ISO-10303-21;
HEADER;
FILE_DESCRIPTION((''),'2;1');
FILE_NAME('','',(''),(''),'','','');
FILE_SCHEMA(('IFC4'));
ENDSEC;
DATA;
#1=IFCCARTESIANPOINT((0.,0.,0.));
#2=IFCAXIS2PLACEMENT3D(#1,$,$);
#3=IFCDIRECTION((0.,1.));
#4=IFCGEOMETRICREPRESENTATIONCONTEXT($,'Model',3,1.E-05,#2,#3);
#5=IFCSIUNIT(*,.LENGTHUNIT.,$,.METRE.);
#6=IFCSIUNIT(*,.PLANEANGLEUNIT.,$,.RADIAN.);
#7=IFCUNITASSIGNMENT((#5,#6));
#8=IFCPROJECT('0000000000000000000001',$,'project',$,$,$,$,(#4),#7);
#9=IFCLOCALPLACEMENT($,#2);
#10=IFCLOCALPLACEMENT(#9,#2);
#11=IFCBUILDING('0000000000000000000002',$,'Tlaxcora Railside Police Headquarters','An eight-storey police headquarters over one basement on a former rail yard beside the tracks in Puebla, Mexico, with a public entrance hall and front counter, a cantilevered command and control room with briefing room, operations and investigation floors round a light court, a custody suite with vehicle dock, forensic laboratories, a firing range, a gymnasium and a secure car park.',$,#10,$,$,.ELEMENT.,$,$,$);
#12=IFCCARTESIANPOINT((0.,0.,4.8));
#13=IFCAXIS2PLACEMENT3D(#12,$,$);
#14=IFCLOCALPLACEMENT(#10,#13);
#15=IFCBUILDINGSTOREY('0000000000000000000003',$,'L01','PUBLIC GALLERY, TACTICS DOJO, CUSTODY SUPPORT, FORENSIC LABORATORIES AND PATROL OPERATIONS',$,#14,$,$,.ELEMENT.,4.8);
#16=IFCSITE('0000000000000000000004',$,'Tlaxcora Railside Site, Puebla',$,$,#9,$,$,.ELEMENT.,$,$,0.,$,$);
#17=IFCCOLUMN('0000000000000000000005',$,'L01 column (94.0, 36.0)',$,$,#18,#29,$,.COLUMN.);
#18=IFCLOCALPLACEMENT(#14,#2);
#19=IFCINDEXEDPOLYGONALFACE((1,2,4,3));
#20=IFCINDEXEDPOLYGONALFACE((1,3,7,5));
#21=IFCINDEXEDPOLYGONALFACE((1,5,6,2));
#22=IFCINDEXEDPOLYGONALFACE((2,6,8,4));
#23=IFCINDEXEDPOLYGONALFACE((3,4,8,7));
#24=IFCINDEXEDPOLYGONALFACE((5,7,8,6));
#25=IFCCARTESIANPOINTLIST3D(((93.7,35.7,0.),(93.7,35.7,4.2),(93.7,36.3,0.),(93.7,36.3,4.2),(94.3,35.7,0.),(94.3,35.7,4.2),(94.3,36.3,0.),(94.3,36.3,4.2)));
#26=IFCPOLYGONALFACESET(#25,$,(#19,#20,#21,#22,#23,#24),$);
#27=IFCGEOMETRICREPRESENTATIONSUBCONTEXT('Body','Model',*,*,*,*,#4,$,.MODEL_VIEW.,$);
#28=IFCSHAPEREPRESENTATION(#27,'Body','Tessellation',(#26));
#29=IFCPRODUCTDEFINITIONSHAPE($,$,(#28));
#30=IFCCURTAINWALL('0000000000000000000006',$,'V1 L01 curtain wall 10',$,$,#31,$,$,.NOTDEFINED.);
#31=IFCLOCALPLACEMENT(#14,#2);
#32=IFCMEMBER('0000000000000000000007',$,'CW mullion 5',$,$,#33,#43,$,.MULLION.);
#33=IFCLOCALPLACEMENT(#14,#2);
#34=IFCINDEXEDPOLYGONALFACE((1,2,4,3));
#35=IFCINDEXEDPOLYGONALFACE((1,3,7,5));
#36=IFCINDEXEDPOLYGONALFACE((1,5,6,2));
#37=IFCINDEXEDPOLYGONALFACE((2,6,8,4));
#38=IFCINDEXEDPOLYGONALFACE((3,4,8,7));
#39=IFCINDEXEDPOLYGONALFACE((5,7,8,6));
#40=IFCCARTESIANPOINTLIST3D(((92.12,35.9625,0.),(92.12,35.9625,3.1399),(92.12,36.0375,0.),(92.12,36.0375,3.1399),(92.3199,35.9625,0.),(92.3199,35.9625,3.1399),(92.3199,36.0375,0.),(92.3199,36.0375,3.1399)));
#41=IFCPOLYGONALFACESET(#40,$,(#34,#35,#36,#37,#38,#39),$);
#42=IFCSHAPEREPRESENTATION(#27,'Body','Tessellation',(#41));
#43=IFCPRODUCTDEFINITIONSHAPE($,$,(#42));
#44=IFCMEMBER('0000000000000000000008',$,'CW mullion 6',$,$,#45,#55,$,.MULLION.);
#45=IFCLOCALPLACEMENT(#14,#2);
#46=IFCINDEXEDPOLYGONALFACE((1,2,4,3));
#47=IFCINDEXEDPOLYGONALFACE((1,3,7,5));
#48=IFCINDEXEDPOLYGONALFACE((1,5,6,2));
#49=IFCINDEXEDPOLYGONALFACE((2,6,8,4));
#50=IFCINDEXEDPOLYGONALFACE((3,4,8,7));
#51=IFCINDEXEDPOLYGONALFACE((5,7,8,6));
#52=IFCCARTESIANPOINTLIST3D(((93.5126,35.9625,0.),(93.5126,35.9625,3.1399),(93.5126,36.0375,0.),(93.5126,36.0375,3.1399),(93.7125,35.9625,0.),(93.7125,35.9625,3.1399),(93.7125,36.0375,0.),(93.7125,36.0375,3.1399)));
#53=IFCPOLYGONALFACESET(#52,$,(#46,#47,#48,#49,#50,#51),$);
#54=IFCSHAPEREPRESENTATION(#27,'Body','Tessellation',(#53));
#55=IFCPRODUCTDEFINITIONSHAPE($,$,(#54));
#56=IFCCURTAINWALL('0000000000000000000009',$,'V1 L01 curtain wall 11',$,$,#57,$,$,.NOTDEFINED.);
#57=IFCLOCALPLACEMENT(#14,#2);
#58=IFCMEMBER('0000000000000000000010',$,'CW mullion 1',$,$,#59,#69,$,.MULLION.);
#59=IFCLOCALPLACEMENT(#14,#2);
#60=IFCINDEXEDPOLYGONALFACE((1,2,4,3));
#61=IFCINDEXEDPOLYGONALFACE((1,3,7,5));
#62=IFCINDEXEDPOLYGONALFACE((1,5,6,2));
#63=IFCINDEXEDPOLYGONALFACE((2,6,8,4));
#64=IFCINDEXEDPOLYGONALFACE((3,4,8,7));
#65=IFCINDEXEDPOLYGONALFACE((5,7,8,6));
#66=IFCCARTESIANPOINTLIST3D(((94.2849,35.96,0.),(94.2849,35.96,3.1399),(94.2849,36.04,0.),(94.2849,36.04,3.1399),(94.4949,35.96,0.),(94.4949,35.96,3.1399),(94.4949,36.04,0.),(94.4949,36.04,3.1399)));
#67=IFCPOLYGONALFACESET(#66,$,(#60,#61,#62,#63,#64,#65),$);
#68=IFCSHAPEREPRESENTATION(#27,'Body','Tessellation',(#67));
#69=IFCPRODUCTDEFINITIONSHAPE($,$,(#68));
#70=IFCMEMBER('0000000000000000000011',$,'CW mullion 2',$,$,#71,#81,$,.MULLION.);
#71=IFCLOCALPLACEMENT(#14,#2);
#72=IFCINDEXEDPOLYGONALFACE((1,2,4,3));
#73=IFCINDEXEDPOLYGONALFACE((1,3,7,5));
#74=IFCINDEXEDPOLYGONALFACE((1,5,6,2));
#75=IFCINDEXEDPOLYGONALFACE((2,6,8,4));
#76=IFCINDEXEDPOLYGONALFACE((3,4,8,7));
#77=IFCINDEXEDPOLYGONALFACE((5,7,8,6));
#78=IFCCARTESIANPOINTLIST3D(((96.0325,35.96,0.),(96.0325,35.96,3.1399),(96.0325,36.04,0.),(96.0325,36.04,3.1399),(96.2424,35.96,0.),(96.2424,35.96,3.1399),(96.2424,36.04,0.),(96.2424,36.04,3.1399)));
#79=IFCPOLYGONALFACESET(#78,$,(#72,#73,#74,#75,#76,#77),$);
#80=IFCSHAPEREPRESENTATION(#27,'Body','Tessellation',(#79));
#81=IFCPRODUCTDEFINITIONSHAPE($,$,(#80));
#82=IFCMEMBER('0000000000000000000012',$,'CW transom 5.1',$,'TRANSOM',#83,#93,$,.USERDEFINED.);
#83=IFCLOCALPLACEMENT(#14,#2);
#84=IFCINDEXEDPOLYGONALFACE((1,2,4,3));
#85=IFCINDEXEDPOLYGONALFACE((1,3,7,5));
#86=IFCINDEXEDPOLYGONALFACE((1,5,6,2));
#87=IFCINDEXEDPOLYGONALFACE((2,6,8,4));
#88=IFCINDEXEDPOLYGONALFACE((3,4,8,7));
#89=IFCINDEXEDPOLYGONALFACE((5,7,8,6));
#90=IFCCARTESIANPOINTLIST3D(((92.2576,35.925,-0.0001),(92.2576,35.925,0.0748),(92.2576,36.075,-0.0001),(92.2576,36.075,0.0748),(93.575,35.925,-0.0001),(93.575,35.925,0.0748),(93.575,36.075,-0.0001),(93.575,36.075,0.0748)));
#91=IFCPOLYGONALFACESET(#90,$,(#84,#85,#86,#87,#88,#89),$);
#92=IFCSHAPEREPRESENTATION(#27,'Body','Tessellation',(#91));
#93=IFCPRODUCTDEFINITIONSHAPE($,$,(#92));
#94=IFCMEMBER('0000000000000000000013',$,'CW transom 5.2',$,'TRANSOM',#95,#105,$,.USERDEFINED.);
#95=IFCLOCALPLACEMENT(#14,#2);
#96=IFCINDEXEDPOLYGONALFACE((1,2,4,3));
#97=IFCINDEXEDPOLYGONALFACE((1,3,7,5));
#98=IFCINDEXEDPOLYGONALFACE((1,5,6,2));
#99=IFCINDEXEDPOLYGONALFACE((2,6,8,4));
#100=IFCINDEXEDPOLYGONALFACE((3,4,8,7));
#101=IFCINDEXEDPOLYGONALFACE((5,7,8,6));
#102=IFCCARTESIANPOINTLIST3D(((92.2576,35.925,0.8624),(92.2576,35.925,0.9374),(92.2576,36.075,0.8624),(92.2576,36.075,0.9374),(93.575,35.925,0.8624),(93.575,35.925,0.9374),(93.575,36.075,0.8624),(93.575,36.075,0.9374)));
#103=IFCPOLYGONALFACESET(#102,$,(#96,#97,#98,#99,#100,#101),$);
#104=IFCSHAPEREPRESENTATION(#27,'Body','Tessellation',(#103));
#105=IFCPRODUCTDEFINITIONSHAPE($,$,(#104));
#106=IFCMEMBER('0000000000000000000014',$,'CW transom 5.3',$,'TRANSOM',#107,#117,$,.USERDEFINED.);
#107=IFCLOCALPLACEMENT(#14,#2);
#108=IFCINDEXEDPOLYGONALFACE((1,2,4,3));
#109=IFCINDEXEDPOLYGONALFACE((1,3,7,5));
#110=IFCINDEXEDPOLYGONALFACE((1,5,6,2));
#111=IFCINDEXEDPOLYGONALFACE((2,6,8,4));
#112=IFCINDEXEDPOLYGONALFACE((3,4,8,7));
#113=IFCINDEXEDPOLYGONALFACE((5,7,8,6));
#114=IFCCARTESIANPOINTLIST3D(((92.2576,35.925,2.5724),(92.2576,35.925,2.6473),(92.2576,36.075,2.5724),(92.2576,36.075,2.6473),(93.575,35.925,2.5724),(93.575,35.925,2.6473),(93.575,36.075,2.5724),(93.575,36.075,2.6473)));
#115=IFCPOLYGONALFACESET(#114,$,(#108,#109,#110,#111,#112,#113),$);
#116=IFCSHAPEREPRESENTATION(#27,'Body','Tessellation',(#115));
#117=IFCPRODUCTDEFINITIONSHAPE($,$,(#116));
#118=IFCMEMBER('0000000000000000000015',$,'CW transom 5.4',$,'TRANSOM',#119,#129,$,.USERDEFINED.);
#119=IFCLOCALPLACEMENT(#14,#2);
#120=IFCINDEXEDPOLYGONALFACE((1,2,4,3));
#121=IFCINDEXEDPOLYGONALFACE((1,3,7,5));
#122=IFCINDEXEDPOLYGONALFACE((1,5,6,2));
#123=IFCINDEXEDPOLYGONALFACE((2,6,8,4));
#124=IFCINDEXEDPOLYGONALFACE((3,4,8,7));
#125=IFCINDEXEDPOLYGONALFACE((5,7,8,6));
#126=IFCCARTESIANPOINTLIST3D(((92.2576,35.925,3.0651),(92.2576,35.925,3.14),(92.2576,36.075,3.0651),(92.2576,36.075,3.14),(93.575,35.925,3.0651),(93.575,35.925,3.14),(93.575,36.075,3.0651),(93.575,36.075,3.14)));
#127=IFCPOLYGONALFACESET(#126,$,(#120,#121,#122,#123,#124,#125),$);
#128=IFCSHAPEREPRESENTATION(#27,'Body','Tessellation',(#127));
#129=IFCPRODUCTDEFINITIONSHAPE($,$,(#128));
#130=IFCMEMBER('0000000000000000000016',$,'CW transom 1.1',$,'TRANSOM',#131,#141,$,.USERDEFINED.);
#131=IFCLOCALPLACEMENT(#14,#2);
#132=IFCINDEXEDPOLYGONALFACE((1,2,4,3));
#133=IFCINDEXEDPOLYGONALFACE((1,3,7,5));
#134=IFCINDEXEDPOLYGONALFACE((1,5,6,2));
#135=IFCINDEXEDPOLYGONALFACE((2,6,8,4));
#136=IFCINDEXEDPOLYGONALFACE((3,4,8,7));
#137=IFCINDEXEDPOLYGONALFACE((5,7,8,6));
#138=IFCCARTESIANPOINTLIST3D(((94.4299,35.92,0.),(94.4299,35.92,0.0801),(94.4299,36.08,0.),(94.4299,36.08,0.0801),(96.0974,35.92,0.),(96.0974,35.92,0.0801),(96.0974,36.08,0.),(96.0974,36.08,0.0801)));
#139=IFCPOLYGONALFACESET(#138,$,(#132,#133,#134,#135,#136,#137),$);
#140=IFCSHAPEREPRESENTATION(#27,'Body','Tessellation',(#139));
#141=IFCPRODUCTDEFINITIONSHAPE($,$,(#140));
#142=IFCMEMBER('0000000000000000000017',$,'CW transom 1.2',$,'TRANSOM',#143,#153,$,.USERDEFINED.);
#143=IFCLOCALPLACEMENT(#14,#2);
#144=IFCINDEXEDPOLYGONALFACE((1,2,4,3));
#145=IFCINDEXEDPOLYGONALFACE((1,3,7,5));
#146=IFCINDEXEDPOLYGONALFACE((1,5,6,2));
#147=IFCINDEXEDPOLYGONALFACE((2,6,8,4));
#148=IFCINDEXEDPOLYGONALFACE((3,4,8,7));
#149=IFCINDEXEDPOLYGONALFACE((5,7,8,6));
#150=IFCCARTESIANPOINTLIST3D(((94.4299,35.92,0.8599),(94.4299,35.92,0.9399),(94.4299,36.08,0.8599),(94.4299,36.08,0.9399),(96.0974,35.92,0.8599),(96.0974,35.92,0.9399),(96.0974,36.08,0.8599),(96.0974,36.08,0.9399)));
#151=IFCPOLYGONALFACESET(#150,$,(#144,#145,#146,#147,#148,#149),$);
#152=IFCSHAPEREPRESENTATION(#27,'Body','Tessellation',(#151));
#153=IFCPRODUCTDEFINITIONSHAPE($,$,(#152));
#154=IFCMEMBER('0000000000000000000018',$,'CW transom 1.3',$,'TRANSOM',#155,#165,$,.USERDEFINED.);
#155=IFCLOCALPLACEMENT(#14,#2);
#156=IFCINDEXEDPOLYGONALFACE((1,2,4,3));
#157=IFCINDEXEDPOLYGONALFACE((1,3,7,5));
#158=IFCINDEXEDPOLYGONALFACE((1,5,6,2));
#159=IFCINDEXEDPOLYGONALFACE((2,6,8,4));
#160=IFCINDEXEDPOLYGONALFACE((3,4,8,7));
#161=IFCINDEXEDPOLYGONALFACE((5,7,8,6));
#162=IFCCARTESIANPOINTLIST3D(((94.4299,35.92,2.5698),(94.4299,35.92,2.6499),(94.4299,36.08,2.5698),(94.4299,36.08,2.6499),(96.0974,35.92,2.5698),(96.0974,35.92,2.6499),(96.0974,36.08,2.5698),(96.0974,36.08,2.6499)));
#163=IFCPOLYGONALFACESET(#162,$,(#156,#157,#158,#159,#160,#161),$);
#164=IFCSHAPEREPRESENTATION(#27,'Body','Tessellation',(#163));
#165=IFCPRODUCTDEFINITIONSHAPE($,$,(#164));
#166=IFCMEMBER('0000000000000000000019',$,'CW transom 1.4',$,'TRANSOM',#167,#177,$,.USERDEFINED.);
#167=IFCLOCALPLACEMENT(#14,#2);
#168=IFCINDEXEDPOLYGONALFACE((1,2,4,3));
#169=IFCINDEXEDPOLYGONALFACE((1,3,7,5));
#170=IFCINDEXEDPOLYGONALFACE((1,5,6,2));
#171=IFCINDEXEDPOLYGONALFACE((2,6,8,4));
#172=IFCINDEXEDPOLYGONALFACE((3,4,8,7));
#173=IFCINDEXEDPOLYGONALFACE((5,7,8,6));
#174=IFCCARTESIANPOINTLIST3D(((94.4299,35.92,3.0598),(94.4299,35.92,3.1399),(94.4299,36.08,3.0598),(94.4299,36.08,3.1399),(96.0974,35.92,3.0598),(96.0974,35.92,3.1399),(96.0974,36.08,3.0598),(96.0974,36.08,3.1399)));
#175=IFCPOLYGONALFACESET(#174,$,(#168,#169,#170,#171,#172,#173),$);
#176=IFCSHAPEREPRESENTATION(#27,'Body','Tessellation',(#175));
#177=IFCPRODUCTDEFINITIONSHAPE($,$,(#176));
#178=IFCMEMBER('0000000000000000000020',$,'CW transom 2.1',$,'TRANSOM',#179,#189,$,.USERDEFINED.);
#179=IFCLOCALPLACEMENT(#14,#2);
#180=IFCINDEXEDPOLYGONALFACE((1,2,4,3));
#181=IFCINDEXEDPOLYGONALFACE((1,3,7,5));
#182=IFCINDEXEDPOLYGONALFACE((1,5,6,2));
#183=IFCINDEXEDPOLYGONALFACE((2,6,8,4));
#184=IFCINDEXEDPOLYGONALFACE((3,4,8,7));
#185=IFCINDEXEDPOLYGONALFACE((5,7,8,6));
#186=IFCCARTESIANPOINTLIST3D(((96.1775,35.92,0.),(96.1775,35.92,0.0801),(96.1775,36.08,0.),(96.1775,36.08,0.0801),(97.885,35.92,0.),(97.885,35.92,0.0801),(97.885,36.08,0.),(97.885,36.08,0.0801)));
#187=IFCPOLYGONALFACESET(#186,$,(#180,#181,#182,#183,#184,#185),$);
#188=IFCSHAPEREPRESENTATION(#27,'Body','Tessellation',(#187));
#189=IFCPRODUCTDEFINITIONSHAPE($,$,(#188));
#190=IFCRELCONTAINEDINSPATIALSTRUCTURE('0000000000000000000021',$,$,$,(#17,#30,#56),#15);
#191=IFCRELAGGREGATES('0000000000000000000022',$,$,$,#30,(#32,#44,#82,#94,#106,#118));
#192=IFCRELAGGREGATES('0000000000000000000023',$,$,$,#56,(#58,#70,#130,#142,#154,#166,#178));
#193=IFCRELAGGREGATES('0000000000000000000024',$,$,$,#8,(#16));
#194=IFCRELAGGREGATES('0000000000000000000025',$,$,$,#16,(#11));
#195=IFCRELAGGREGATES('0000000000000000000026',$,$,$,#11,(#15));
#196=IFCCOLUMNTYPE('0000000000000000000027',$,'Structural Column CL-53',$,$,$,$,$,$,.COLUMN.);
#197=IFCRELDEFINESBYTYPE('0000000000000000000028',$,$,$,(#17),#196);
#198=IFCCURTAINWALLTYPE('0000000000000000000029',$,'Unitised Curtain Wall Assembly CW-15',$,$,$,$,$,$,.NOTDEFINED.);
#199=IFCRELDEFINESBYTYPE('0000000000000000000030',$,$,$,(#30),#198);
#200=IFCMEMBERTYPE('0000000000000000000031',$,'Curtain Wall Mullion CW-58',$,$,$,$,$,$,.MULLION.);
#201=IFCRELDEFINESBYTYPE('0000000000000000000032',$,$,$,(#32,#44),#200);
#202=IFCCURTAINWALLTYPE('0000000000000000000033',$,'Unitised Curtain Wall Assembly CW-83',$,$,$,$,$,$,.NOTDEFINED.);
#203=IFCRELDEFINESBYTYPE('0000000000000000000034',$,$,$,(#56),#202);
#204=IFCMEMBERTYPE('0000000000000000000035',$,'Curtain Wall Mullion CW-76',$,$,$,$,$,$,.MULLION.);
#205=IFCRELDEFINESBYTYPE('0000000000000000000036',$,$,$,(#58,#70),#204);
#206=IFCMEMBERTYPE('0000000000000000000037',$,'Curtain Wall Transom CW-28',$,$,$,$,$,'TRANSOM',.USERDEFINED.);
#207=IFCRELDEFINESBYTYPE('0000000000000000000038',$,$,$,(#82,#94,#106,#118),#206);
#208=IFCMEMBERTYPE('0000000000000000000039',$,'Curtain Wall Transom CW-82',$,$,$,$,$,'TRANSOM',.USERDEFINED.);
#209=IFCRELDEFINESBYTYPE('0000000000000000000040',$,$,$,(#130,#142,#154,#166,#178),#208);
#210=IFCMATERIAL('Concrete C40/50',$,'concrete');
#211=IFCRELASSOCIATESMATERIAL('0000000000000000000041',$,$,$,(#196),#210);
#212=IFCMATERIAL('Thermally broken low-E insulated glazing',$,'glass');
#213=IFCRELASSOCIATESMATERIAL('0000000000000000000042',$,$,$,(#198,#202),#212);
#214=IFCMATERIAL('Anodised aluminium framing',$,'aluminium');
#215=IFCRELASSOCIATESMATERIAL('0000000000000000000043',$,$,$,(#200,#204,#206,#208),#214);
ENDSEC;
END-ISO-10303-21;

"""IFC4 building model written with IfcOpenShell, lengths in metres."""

from ifc_helpers import new_model, si_unit, direction, frame, origin, origin_2d, place, context, subcontext, project, spatial, rectangle, extrude, material, material_profile, profile_set, type_object, element, aggregate, save


model = new_model("IFC4")

# Units and contexts
model_context = context("Model", 3, precision=1e-05, world=origin(), true_north=direction((0.0, 1.0)))
body_context = subcontext(model_context, "Body", "Model", "MODEL_VIEW")
ifc_project = project(units=[si_unit("LENGTHUNIT", "METRE"), si_unit("PLANEANGLEUNIT", "RADIAN")], contexts=[model_context])

# Site, building, storey
site_placement = place(None, origin())
site = spatial("IfcSite", under=ifc_project, at=site_placement, Name="Tlaxcora Railside Site, Puebla", CompositionType="ELEMENT", RefElevation=0.0)
building_placement = place(site_placement, origin())
building = spatial("IfcBuilding", under=site, at=building_placement, Name="Tlaxcora Railside Police Headquarters", Description="An eight-storey police headquarters over one basement on a former rail yard beside the tracks in Puebla, Mexico, with a public entrance hall and front counter, a cantilevered command and control room with briefing room, operations and investigation floors round a light court, a custody suite with vehicle dock, forensic laboratories, a firing range, a gymnasium and a secure car park.", CompositionType="ELEMENT")
storey_placement = place(building_placement, frame((0.0, 0.0, 4.8)))
storey = spatial("IfcBuildingStorey", under=building, at=storey_placement, Name="L01", Description="PUBLIC GALLERY, TACTICS DOJO, CUSTODY SUPPORT, FORENSIC LABORATORIES AND PATROL OPERATIONS", CompositionType="ELEMENT", Elevation=4.8)

# Column
ifc_material_1 = material(Name="Concrete C40/50", Category="concrete")
ifc_material_profile_1 = material_profile(ifc_material_1, rectangle(XDim=0.6001, YDim=0.6001, at=origin_2d()), Name="RC600X600")
ifc_profile_set_1 = profile_set([ifc_material_profile_1], Name="Concrete C40/50")
column_type = type_object("IfcColumnType", Name="Structural Column CL-53", PredefinedType="COLUMN", material=ifc_profile_set_1)
column_placement = place(storey_placement, frame((94.0, 36.0, 0.0), z_axis=(0.0, 0.0, 1.0), x_axis=(1.0, 0.0, 0.0)))
element("IfcColumn", 1, at=column_placement, inside=storey, type_object=column_type, Name="L01 column (94.0, 36.0)", PredefinedType="COLUMN", context=body_context, shape_type="SweptSolid", body=[
    extrude(rectangle(XDim=0.6001, YDim=0.6001, at=origin_2d()), origin(), (0.0, 0.0, 1.0), 4.2),
])

# Curtain walls, members
ifc_material_2 = material(Name="Thermally broken low-E insulated glazing", Category="glass")
curtain_wall_type_1 = type_object("IfcCurtainWallType", Name="Unitised Curtain Wall Assembly CW-15", PredefinedType="NOTDEFINED", material=ifc_material_2)
curtain_wall_1_placement = place(storey_placement, origin())
curtain_wall_1 = element("IfcCurtainWall", 2, at=curtain_wall_1_placement, inside=storey, type_object=curtain_wall_type_1, Name="V1 L01 curtain wall 10", PredefinedType="NOTDEFINED")
ifc_material_3 = material(Name="Anodised aluminium framing", Category="aluminium")
ifc_material_profile_2 = material_profile(ifc_material_3, rectangle(XDim=0.075, YDim=0.2, at=origin_2d()), Name="AL75X200")
ifc_profile_set_2 = profile_set([ifc_material_profile_2], Name="Anodised aluminium framing")
member_type_1 = type_object("IfcMemberType", Name="Curtain Wall Mullion CW-58", PredefinedType="MULLION", material=ifc_profile_set_2)
member_1_placement = place(storey_placement, frame((92.22, 36.0, 0.0), z_axis=(0.0, 0.0, 1.0), x_axis=(0.0, 1.0, 0.0)))
member_1 = element("IfcMember", 3, at=member_1_placement, type_object=member_type_1, Name="CW mullion 5", PredefinedType="MULLION", context=body_context, shape_type="SweptSolid", body=[
    extrude(rectangle(XDim=0.075, YDim=0.2, at=origin_2d()), origin(), (0.0, 0.0, 1.0), 3.1399),
])
member_2_placement = place(storey_placement, frame((93.6125, 36.0, 0.0), z_axis=(0.0, 0.0, 1.0), x_axis=(0.0, 1.0, 0.0)))
member_2 = element("IfcMember", 4, at=member_2_placement, type_object=member_type_1, Name="CW mullion 6", PredefinedType="MULLION", context=body_context, shape_type="SweptSolid", body=[
    extrude(rectangle(XDim=0.075, YDim=0.2, at=origin_2d()), origin(), (0.0, 0.0, 1.0), 3.1399),
])
curtain_wall_type_2 = type_object("IfcCurtainWallType", Name="Unitised Curtain Wall Assembly CW-83", PredefinedType="NOTDEFINED", material=ifc_material_2)
curtain_wall_2_placement = place(storey_placement, origin())
curtain_wall_2 = element("IfcCurtainWall", 5, at=curtain_wall_2_placement, inside=storey, type_object=curtain_wall_type_2, Name="V1 L01 curtain wall 11", PredefinedType="NOTDEFINED")
ifc_material_profile_3 = material_profile(ifc_material_3, rectangle(XDim=0.0801, YDim=0.21, at=origin_2d()), Name="AL80X210")
ifc_profile_set_3 = profile_set([ifc_material_profile_3], Name="Anodised aluminium framing")
member_type_2 = type_object("IfcMemberType", Name="Curtain Wall Mullion CW-76", PredefinedType="MULLION", material=ifc_profile_set_3)
member_3_placement = place(storey_placement, frame((94.3899, 36.0, 0.0), z_axis=(0.0, 0.0, 1.0), x_axis=(0.0, 1.0, 0.0)))
member_3 = element("IfcMember", 6, at=member_3_placement, type_object=member_type_2, Name="CW mullion 1", PredefinedType="MULLION", context=body_context, shape_type="SweptSolid", body=[
    extrude(rectangle(XDim=0.0801, YDim=0.21, at=origin_2d()), origin(), (0.0, 0.0, 1.0), 3.1399),
])
member_4_placement = place(storey_placement, frame((96.1375, 36.0, 0.0), z_axis=(0.0, 0.0, 1.0), x_axis=(0.0, 1.0, 0.0)))
member_4 = element("IfcMember", 7, at=member_4_placement, type_object=member_type_2, Name="CW mullion 2", PredefinedType="MULLION", context=body_context, shape_type="SweptSolid", body=[
    extrude(rectangle(XDim=0.0801, YDim=0.21, at=origin_2d()), origin(), (0.0, 0.0, 1.0), 3.1399),
])

# Members
ifc_material_profile_4 = material_profile(ifc_material_3, rectangle(XDim=0.1499, YDim=0.075, at=origin_2d()), Name="AL75X150")
ifc_profile_set_4 = profile_set([ifc_material_profile_4], Name="Anodised aluminium framing")
member_type_3 = type_object("IfcMemberType", Name="Curtain Wall Transom CW-28", ElementType="TRANSOM", PredefinedType="USERDEFINED", material=ifc_profile_set_4)
member_5_placement = place(storey_placement, frame((92.2576, 36.0, 0.0374), z_axis=(1.0, 0.0, 0.0), x_axis=(0.0, 1.0, 0.0)))
member_5 = element("IfcMember", 8, at=member_5_placement, type_object=member_type_3, Name="CW transom 5.1", ObjectType="TRANSOM", PredefinedType="USERDEFINED", context=body_context, shape_type="SweptSolid", body=[
    extrude(rectangle(XDim=0.1499, YDim=0.075, at=origin_2d()), origin(), (0.0, 0.0, 1.0), 1.3174),
])
member_6_placement = place(storey_placement, frame((92.2576, 36.0, 0.8999), z_axis=(1.0, 0.0, 0.0), x_axis=(0.0, 1.0, 0.0)))
member_6 = element("IfcMember", 9, at=member_6_placement, type_object=member_type_3, Name="CW transom 5.2", ObjectType="TRANSOM", PredefinedType="USERDEFINED", context=body_context, shape_type="SweptSolid", body=[
    extrude(rectangle(XDim=0.1499, YDim=0.075, at=origin_2d()), origin(), (0.0, 0.0, 1.0), 1.3174),
])
member_7_placement = place(storey_placement, frame((92.2576, 36.0, 2.6099), z_axis=(1.0, 0.0, 0.0), x_axis=(0.0, 1.0, 0.0)))
member_7 = element("IfcMember", 10, at=member_7_placement, type_object=member_type_3, Name="CW transom 5.3", ObjectType="TRANSOM", PredefinedType="USERDEFINED", context=body_context, shape_type="SweptSolid", body=[
    extrude(rectangle(XDim=0.1499, YDim=0.075, at=origin_2d()), origin(), (0.0, 0.0, 1.0), 1.3174),
])
member_8_placement = place(storey_placement, frame((92.2576, 36.0, 3.1025), z_axis=(1.0, 0.0, 0.0), x_axis=(0.0, 1.0, 0.0)))
member_8 = element("IfcMember", 11, at=member_8_placement, type_object=member_type_3, Name="CW transom 5.4", ObjectType="TRANSOM", PredefinedType="USERDEFINED", context=body_context, shape_type="SweptSolid", body=[
    extrude(rectangle(XDim=0.1499, YDim=0.075, at=origin_2d()), origin(), (0.0, 0.0, 1.0), 1.3174),
])
ifc_material_profile_5 = material_profile(ifc_material_3, rectangle(XDim=0.1599, YDim=0.0801, at=origin_2d()), Name="AL80X160")
ifc_profile_set_5 = profile_set([ifc_material_profile_5], Name="Anodised aluminium framing")
member_type_4 = type_object("IfcMemberType", Name="Curtain Wall Transom CW-82", ElementType="TRANSOM", PredefinedType="USERDEFINED", material=ifc_profile_set_5)
member_9_placement = place(storey_placement, frame((94.4299, 36.0, 0.04), z_axis=(1.0, 0.0, 0.0), x_axis=(0.0, 1.0, 0.0)))
member_9 = element("IfcMember", 12, at=member_9_placement, type_object=member_type_4, Name="CW transom 1.1", ObjectType="TRANSOM", PredefinedType="USERDEFINED", context=body_context, shape_type="SweptSolid", body=[
    extrude(rectangle(XDim=0.1599, YDim=0.0801, at=origin_2d()), origin(), (0.0, 0.0, 1.0), 1.6675),
])
member_10_placement = place(storey_placement, frame((94.4299, 36.0, 0.8999), z_axis=(1.0, 0.0, 0.0), x_axis=(0.0, 1.0, 0.0)))
member_10 = element("IfcMember", 13, at=member_10_placement, type_object=member_type_4, Name="CW transom 1.2", ObjectType="TRANSOM", PredefinedType="USERDEFINED", context=body_context, shape_type="SweptSolid", body=[
    extrude(rectangle(XDim=0.1599, YDim=0.0801, at=origin_2d()), origin(), (0.0, 0.0, 1.0), 1.6675),
])
member_11_placement = place(storey_placement, frame((94.4299, 36.0, 2.6099), z_axis=(1.0, 0.0, 0.0), x_axis=(0.0, 1.0, 0.0)))
member_11 = element("IfcMember", 14, at=member_11_placement, type_object=member_type_4, Name="CW transom 1.3", ObjectType="TRANSOM", PredefinedType="USERDEFINED", context=body_context, shape_type="SweptSolid", body=[
    extrude(rectangle(XDim=0.1599, YDim=0.0801, at=origin_2d()), origin(), (0.0, 0.0, 1.0), 1.6675),
])
member_12_placement = place(storey_placement, frame((94.4299, 36.0, 3.0999), z_axis=(1.0, 0.0, 0.0), x_axis=(0.0, 1.0, 0.0)))
member_12 = element("IfcMember", 15, at=member_12_placement, type_object=member_type_4, Name="CW transom 1.4", ObjectType="TRANSOM", PredefinedType="USERDEFINED", context=body_context, shape_type="SweptSolid", body=[
    extrude(rectangle(XDim=0.1599, YDim=0.0801, at=origin_2d()), origin(), (0.0, 0.0, 1.0), 1.6675),
])
member_13_placement = place(storey_placement, frame((96.1775, 36.0, 0.04), z_axis=(1.0, 0.0, 0.0), x_axis=(0.0, 1.0, 0.0)))
member_13 = element("IfcMember", 16, at=member_13_placement, type_object=member_type_4, Name="CW transom 2.1", ObjectType="TRANSOM", PredefinedType="USERDEFINED", context=body_context, shape_type="SweptSolid", body=[
    extrude(rectangle(XDim=0.1599, YDim=0.0801, at=origin_2d()), origin(), (0.0, 0.0, 1.0), 1.7075),
])

aggregate(curtain_wall_1, [member_1, member_2, member_5, member_6, member_7, member_8])
aggregate(curtain_wall_2, [member_3, member_4, member_9, member_10, member_11, member_12, member_13])

save(model, "model.ifc")
